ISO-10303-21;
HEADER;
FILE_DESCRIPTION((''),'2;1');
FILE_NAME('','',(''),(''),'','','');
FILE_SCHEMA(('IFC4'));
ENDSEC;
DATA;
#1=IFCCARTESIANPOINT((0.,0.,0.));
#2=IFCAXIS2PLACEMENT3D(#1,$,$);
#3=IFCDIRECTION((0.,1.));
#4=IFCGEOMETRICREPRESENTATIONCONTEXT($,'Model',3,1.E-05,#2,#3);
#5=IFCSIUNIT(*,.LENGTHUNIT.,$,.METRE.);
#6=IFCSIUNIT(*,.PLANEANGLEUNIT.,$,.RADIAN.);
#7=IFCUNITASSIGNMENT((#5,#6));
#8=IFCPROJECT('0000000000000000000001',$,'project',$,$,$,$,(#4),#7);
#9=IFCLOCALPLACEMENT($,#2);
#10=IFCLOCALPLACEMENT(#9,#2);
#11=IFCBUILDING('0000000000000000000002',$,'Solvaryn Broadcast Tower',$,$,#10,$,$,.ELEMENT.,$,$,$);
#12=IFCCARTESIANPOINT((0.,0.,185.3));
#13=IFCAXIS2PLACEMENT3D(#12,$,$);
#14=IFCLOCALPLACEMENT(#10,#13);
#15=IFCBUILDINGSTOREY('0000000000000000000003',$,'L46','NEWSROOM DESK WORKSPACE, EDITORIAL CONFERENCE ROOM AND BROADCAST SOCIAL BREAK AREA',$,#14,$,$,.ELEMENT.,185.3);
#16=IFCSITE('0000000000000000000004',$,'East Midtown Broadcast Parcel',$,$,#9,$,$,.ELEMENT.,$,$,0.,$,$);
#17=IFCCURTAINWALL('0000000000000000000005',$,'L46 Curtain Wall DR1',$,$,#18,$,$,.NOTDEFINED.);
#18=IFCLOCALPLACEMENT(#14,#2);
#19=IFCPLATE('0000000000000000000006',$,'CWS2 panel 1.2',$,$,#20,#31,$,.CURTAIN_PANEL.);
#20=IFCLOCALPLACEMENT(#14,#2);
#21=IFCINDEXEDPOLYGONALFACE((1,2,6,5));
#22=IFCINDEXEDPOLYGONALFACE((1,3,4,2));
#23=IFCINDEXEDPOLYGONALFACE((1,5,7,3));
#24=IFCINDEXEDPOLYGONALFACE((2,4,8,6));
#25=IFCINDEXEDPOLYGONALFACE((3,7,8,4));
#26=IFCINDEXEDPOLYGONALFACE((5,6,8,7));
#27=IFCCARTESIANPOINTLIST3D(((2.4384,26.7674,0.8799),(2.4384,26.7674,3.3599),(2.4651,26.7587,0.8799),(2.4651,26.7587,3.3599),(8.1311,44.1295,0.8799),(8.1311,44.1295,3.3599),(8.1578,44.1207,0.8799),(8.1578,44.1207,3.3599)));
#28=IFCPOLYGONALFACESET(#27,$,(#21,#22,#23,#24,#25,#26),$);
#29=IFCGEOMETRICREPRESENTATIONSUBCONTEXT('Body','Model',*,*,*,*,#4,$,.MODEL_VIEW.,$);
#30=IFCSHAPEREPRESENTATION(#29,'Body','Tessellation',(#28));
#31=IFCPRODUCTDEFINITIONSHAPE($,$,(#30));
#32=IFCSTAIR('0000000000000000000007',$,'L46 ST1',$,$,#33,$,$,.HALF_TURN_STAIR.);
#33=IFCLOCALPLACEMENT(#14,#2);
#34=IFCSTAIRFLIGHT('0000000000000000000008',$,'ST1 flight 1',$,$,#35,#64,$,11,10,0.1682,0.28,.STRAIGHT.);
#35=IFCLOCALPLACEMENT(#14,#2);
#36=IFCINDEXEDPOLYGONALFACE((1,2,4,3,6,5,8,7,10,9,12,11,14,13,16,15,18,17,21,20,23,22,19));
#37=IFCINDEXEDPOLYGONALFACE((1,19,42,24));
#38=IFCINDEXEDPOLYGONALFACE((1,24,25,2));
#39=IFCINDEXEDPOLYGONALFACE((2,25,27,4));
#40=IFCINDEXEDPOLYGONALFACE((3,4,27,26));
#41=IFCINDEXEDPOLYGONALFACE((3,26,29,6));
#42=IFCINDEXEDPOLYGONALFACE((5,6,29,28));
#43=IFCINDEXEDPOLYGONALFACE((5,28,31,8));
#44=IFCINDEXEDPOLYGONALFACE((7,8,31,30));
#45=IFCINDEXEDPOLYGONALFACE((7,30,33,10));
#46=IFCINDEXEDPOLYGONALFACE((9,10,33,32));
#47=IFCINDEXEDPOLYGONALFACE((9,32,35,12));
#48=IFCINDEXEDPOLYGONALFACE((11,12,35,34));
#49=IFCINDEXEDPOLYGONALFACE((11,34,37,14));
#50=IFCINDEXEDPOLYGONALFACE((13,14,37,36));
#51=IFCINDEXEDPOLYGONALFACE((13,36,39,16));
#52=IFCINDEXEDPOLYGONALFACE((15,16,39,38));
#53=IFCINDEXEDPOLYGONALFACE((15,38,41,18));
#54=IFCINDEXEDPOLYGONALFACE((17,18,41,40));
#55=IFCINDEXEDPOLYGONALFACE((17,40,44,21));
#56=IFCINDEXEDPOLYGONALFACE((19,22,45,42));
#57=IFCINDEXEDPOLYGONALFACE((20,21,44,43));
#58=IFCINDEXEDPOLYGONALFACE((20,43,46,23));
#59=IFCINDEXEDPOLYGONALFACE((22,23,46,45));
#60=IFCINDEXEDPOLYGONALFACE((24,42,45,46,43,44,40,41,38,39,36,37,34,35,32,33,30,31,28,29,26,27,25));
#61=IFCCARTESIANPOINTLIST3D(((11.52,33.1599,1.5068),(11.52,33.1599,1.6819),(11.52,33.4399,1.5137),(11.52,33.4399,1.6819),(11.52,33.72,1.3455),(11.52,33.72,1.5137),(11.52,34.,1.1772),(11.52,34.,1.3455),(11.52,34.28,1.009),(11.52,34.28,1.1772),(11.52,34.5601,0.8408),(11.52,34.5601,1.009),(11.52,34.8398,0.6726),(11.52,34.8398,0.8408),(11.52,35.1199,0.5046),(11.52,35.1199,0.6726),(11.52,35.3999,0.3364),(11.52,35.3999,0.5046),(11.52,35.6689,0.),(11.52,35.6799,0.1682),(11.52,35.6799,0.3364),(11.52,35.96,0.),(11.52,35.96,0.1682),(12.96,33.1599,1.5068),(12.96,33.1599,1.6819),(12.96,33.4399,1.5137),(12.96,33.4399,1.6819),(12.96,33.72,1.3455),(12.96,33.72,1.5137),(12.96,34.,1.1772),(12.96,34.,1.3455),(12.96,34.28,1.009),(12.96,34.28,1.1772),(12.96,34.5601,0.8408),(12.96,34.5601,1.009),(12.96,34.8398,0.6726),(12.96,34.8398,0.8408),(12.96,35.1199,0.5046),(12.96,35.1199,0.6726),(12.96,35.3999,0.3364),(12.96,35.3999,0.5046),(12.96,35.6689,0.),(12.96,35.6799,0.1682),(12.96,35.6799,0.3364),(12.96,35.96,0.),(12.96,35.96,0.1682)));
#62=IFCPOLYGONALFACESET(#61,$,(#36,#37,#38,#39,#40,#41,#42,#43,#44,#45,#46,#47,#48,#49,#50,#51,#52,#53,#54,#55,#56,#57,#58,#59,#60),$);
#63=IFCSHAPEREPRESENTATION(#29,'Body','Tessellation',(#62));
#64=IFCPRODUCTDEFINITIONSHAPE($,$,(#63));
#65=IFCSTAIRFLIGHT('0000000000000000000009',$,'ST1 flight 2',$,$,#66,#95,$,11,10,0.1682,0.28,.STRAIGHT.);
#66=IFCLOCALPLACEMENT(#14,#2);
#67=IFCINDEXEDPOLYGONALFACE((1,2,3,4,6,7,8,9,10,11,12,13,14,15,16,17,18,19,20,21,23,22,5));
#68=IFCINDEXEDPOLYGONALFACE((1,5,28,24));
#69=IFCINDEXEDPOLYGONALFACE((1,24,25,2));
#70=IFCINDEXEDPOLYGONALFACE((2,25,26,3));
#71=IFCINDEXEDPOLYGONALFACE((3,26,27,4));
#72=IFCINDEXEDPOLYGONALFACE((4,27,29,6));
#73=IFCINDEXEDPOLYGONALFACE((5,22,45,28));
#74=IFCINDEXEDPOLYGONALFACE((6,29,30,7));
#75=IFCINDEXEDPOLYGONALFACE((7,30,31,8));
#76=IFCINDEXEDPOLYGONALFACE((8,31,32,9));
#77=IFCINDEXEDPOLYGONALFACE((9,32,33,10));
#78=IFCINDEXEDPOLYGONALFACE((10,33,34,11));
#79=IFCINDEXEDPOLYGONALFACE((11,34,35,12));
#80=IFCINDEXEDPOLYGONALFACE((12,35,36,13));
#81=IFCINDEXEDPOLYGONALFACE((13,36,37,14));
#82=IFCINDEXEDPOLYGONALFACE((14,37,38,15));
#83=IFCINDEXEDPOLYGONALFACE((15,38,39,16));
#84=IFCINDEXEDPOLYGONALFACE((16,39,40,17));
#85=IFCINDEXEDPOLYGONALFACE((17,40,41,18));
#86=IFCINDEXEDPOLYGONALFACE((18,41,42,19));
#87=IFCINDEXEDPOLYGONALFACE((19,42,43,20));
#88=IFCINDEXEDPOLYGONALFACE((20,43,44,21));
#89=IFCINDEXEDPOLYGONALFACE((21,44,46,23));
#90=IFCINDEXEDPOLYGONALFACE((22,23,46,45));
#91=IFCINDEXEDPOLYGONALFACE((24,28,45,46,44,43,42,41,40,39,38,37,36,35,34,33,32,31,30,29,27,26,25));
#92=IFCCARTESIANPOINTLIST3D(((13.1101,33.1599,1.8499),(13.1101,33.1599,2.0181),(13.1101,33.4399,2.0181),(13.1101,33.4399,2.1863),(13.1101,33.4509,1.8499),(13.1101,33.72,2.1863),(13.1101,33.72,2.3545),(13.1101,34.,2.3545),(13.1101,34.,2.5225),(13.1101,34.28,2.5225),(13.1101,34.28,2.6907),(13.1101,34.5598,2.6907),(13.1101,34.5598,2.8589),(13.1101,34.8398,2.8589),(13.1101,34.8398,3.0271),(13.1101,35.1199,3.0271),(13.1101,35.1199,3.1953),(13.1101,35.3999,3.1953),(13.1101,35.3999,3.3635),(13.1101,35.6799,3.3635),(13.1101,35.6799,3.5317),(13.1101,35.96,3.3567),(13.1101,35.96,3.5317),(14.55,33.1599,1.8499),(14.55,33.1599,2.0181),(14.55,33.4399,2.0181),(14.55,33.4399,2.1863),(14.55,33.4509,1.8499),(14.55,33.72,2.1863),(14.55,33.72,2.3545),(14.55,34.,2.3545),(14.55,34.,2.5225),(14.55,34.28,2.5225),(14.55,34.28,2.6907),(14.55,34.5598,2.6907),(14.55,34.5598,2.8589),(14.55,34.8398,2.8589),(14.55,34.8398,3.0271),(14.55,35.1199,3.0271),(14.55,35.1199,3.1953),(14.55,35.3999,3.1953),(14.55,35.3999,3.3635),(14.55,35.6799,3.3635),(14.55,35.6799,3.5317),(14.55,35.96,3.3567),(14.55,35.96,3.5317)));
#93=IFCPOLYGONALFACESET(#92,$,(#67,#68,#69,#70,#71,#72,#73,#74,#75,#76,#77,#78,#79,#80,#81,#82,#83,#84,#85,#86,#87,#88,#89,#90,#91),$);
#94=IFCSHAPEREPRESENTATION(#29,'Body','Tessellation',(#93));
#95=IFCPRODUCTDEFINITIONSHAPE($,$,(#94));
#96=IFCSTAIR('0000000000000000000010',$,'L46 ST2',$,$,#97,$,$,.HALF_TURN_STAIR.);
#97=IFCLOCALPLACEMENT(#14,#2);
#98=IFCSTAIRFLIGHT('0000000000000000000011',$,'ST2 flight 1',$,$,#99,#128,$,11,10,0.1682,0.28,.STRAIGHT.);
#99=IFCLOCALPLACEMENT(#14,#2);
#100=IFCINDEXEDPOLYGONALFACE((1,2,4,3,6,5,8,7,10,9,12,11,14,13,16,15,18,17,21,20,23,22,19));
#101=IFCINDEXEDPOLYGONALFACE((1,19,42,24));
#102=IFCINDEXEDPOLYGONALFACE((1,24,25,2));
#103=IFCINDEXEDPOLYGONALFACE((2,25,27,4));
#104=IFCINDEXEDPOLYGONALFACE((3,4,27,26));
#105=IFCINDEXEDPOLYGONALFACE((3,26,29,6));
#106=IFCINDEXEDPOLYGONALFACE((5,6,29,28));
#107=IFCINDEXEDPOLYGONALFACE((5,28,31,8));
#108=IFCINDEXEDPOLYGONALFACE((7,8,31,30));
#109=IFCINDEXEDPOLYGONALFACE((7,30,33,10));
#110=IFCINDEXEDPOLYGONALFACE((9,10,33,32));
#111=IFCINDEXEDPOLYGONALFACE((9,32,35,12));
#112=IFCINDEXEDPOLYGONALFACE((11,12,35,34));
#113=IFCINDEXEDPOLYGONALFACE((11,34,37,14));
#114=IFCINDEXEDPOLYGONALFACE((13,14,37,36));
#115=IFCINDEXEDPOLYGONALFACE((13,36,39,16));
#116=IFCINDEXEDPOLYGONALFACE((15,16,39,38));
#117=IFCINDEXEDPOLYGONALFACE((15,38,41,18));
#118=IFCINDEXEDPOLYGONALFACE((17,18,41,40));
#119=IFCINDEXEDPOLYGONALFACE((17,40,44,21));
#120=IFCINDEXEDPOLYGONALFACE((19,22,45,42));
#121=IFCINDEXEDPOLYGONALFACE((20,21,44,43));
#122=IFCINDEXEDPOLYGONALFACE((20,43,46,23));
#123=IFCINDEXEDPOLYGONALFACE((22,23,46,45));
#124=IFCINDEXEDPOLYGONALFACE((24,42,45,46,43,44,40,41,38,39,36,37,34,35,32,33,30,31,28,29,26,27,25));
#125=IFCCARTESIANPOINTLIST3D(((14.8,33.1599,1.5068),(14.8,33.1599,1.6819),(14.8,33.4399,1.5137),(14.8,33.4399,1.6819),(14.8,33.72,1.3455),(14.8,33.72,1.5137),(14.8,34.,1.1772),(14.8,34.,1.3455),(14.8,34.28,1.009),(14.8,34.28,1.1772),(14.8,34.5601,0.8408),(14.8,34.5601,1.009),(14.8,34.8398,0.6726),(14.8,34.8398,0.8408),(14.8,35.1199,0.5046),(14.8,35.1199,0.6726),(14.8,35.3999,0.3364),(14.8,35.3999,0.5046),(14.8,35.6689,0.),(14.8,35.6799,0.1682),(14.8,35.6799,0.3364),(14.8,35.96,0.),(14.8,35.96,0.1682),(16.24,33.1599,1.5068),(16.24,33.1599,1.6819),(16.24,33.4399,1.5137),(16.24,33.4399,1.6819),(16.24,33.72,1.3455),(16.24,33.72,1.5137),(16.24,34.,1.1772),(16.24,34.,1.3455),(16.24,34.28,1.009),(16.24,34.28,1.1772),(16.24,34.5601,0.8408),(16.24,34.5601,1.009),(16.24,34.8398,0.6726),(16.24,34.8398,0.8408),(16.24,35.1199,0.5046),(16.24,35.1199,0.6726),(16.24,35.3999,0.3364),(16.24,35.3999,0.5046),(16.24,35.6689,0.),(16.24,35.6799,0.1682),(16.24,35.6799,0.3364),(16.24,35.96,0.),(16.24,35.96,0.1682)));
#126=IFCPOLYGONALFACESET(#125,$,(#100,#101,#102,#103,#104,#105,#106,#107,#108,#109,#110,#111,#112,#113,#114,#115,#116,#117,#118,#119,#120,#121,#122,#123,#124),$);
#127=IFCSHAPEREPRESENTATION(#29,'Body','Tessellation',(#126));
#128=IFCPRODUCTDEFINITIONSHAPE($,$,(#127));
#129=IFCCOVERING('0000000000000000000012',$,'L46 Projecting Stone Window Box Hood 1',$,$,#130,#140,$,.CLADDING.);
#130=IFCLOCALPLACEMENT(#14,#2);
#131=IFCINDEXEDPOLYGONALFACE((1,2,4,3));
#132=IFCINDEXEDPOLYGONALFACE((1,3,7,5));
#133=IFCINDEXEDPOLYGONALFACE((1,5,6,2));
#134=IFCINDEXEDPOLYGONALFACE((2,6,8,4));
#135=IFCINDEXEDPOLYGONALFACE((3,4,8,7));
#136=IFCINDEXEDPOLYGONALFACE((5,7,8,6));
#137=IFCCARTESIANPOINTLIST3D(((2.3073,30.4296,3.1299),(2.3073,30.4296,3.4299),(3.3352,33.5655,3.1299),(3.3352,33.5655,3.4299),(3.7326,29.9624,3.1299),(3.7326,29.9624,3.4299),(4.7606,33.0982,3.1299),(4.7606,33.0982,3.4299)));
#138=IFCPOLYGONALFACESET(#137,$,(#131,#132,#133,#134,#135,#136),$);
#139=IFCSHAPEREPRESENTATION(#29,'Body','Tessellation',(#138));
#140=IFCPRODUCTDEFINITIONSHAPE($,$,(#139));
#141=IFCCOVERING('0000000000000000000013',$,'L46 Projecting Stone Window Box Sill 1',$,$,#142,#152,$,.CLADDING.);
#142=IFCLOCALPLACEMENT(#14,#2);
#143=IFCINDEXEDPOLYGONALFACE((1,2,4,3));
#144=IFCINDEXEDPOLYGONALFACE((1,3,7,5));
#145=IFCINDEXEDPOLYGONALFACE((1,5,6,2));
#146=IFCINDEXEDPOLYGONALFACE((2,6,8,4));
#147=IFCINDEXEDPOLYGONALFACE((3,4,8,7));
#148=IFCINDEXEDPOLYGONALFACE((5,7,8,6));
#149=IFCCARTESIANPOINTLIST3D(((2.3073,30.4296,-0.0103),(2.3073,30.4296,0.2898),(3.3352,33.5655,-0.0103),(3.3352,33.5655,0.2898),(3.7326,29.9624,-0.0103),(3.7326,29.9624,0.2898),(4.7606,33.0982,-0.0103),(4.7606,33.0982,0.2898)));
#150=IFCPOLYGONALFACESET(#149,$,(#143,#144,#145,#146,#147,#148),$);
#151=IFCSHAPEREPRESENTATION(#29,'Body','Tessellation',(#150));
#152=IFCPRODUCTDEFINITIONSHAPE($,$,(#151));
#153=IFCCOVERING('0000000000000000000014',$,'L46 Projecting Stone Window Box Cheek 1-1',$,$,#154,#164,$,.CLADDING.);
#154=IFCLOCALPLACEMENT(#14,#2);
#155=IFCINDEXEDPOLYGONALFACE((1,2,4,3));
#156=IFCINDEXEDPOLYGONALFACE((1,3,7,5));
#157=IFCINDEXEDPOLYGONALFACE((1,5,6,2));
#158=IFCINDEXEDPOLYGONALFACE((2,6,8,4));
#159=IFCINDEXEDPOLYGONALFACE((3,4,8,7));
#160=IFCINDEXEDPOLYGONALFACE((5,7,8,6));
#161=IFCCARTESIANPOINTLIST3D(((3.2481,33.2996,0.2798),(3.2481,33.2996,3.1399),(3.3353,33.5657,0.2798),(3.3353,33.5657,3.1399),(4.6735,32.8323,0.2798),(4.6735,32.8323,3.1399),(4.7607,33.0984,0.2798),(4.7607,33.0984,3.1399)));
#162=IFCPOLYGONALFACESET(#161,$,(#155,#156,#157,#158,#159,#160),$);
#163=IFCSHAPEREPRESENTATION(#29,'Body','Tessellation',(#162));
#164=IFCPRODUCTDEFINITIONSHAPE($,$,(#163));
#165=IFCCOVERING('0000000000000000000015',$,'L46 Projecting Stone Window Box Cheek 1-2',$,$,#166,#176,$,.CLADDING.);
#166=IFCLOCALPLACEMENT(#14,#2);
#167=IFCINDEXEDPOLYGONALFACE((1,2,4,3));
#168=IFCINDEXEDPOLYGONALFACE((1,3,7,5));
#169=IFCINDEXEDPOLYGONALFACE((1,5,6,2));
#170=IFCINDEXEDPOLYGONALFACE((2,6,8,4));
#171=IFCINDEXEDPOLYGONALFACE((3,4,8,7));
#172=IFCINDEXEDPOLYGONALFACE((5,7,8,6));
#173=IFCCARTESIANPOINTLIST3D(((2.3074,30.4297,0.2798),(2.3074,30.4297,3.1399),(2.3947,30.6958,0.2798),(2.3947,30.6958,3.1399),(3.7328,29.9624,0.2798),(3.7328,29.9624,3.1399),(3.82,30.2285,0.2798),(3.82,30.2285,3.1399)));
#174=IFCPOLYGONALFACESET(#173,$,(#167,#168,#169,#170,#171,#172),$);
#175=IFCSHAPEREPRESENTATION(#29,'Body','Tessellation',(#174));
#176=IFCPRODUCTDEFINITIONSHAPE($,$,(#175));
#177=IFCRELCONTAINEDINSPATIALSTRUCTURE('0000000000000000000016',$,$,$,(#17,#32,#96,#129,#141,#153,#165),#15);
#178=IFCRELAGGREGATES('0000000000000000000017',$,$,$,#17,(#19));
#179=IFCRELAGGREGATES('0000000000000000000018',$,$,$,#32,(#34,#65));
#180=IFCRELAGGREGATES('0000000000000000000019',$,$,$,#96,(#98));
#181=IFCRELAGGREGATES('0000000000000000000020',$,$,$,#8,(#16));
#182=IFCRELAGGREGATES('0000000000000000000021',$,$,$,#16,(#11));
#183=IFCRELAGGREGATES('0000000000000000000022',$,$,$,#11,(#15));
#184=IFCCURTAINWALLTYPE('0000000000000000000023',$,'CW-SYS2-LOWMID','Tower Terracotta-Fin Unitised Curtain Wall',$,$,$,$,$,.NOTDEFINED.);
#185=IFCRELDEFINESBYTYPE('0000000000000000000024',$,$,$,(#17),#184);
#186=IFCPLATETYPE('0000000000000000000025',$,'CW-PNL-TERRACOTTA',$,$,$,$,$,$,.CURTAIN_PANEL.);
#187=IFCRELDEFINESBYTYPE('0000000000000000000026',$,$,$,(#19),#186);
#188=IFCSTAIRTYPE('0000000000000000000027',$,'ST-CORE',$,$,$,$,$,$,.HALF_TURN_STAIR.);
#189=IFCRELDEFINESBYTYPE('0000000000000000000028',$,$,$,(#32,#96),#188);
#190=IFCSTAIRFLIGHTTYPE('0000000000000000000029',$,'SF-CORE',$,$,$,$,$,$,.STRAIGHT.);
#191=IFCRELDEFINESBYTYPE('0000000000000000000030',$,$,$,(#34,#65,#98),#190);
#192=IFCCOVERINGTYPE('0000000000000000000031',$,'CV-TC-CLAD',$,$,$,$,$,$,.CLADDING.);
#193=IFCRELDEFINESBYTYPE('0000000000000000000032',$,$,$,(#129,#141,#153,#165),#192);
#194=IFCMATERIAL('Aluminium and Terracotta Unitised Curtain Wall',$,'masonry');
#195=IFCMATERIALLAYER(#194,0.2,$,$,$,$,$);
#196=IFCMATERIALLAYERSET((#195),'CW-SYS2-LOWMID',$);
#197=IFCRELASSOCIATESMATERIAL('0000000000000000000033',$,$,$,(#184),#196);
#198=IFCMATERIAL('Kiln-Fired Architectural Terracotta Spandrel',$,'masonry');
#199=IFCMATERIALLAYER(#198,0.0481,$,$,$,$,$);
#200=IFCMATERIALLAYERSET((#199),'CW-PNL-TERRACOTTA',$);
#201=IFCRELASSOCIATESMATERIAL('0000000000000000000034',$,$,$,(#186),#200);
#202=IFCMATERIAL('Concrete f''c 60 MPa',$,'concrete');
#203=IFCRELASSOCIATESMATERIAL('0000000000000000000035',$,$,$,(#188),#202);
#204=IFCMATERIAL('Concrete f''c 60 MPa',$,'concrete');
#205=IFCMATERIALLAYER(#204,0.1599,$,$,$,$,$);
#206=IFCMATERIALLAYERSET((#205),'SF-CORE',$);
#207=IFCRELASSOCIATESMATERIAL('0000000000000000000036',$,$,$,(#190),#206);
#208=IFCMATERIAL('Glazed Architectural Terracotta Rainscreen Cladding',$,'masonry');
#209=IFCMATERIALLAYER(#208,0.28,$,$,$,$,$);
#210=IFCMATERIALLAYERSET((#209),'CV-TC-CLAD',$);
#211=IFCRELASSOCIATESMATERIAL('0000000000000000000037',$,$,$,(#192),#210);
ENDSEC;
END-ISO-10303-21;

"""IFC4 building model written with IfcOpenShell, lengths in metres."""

from ifc_helpers import new_model, si_unit, direction, frame, origin, origin_2d, place, context, subcontext, project, spatial, polyline, rectangle, outline, extrude, material, layer, layer_set, type_object, element, aggregate, save


model = new_model("IFC4")

# Units and contexts
model_context = context("Model", 3, precision=1e-05, world=origin(), true_north=direction((0.0, 1.0)))
body_context = subcontext(model_context, "Body", "Model", "MODEL_VIEW")
ifc_project = project(units=[si_unit("LENGTHUNIT", "METRE"), si_unit("PLANEANGLEUNIT", "RADIAN")], contexts=[model_context])

# Site, building, storey
site_placement = place(None, origin())
site = spatial("IfcSite", under=ifc_project, at=site_placement, Name="East Midtown Broadcast Parcel", CompositionType="ELEMENT", RefElevation=0.0)
building_placement = place(site_placement, origin())
building = spatial("IfcBuilding", under=site, at=building_placement, Name="Solvaryn Broadcast Tower", CompositionType="ELEMENT")
storey_placement = place(building_placement, frame((0.0, 0.0, 185.3)))
storey = spatial("IfcBuildingStorey", under=building, at=storey_placement, Name="L46", Description="NEWSROOM DESK WORKSPACE, EDITORIAL CONFERENCE ROOM AND BROADCAST SOCIAL BREAK AREA", CompositionType="ELEMENT", Elevation=185.3)

# Curtain wall, plate
ifc_material_1 = material(Name="Aluminium and Terracotta Unitised Curtain Wall", Category="masonry")
ifc_layer_1 = layer(ifc_material_1, 0.2)
ifc_layer_set_1 = layer_set([ifc_layer_1], Name="CW-SYS2-LOWMID")
curtain_wall_type = type_object("IfcCurtainWallType", Name="CW-SYS2-LOWMID", Description="Tower Terracotta-Fin Unitised Curtain Wall", PredefinedType="NOTDEFINED", material=ifc_layer_set_1)
curtain_wall_placement = place(storey_placement, origin())
curtain_wall = element("IfcCurtainWall", 1, at=curtain_wall_placement, inside=storey, type_object=curtain_wall_type, Name="L46 Curtain Wall DR1", PredefinedType="NOTDEFINED")
ifc_material_2 = material(Name="Kiln-Fired Architectural Terracotta Spandrel", Category="masonry")
ifc_layer_2 = layer(ifc_material_2, 0.0481)
ifc_layer_set_2 = layer_set([ifc_layer_2], Name="CW-PNL-TERRACOTTA")
plate_type = type_object("IfcPlateType", Name="CW-PNL-TERRACOTTA", PredefinedType="CURTAIN_PANEL", material=ifc_layer_set_2)
plate_1_placement = place(storey_placement, frame((5.2981, 35.4441, 0.8799), z_axis=(0.0, 0.0, 1.0), x_axis=(-0.311559, -0.950227, 0.0)))
plate_1 = element("IfcPlate", 2, at=plate_1_placement, type_object=plate_type, Name="CWS2 panel 1.2", PredefinedType="CURTAIN_PANEL", context=body_context, shape_type="SweptSolid", body=[
    extrude(rectangle(XDim=18.2715, YDim=0.0281, at=origin_2d()), origin(), (0.0, 0.0, 1.0), 2.48),
])
aggregate(curtain_wall, [plate_1])

# Stair, stair flights
ifc_material_3 = material(Name="Concrete f'c 60 MPa", Category="concrete")
stair_type = type_object("IfcStairType", Name="ST-CORE", PredefinedType="HALF_TURN_STAIR", material=ifc_material_3)
stair_1_placement = place(storey_placement, origin())
stair_1 = element("IfcStair", 3, at=stair_1_placement, inside=storey, type_object=stair_type, Name="L46 ST1", PredefinedType="HALF_TURN_STAIR")
ifc_material_4 = material(Name="Concrete f'c 60 MPa", Category="concrete")
ifc_layer_3 = layer(ifc_material_4, 0.1599)
ifc_layer_set_3 = layer_set([ifc_layer_3], Name="SF-CORE")
stair_flight_type = type_object("IfcStairFlightType", Name="SF-CORE", PredefinedType="STRAIGHT", material=ifc_layer_set_3)
stair_flight_1_placement = place(storey_placement, frame((12.24, 35.96, 0.0), z_axis=(0.0, 0.0, 1.0), x_axis=(0.0, -1.0, 0.0)))
stair_flight_1 = element("IfcStairFlight", 4, at=stair_flight_1_placement, type_object=stair_flight_type, Name="ST1 flight 1", NumberOfRisers=11, NumberOfTreads=10, PredefinedType="STRAIGHT", RiserHeight=0.1682, TreadLength=0.28, context=body_context, shape_type="SweptSolid", body=[
    extrude(outline(polyline([(0.0, 0.0), (0.0, 0.1682), (0.28, 0.1682), (0.28, 0.3364), (0.5601, 0.3364), (0.5601, 0.5046), (0.8401, 0.5046), (0.8401, 0.6726), (1.1201, 0.6726), (1.1201, 0.8408), (1.3999, 0.8408), (1.3999, 1.009), (1.6799, 1.009), (1.6799, 1.1772), (1.96, 1.1772), (1.96, 1.3455), (2.24, 1.3455), (2.24, 1.5137), (2.52, 1.5137), (2.52, 1.6819), (2.8, 1.6819), (2.8, 1.8501), (2.8, 1.5068), (0.291, 0.0), (0.0, 0.0)])), frame((0.0, 0.72, 0.0), z_axis=(0.0, -1.0, 0.0), x_axis=(1.0, 0.0, 0.0)), (0.0, 0.0, 1.0), 1.4399),
])
stair_flight_2_placement = place(storey_placement, frame((13.8301, 33.1599, 1.8499), z_axis=(0.0, 0.0, 1.0), x_axis=(0.0, 1.0, 0.0)))
stair_flight_2 = element("IfcStairFlight", 5, at=stair_flight_2_placement, type_object=stair_flight_type, Name="ST1 flight 2", NumberOfRisers=11, NumberOfTreads=10, PredefinedType="STRAIGHT", RiserHeight=0.1682, TreadLength=0.28, context=body_context, shape_type="SweptSolid", body=[
    extrude(outline(polyline([(0.0, 0.0), (0.0, 0.1682), (0.28, 0.1682), (0.28, 0.3364), (0.5601, 0.3364), (0.5601, 0.5046), (0.8401, 0.5046), (0.8401, 0.6726), (1.1201, 0.6726), (1.1201, 0.8408), (1.3999, 0.8408), (1.3999, 1.009), (1.6799, 1.009), (1.6799, 1.1772), (1.96, 1.1772), (1.96, 1.3455), (2.24, 1.3455), (2.24, 1.5137), (2.52, 1.5137), (2.52, 1.6819), (2.8, 1.6819), (2.8, 1.8501), (2.8, 1.5068), (0.291, 0.0), (0.0, 0.0)])), frame((0.0, 0.72, 0.0), z_axis=(0.0, -1.0, 0.0), x_axis=(1.0, 0.0, 0.0)), (0.0, 0.0, 1.0), 1.4399),
])
aggregate(stair_1, [stair_flight_1, stair_flight_2])

# Stair, stair flight
stair_2_placement = place(storey_placement, origin())
stair_2 = element("IfcStair", 6, at=stair_2_placement, inside=storey, type_object=stair_type, Name="L46 ST2", PredefinedType="HALF_TURN_STAIR")
stair_flight_3_placement = place(storey_placement, frame((15.52, 35.96, 0.0), z_axis=(0.0, 0.0, 1.0), x_axis=(0.0, -1.0, 0.0)))
stair_flight_3 = element("IfcStairFlight", 7, at=stair_flight_3_placement, type_object=stair_flight_type, Name="ST2 flight 1", NumberOfRisers=11, NumberOfTreads=10, PredefinedType="STRAIGHT", RiserHeight=0.1682, TreadLength=0.28, context=body_context, shape_type="SweptSolid", body=[
    extrude(outline(polyline([(0.0, 0.0), (0.0, 0.1682), (0.28, 0.1682), (0.28, 0.3364), (0.5601, 0.3364), (0.5601, 0.5046), (0.8401, 0.5046), (0.8401, 0.6726), (1.1201, 0.6726), (1.1201, 0.8408), (1.3999, 0.8408), (1.3999, 1.009), (1.6799, 1.009), (1.6799, 1.1772), (1.96, 1.1772), (1.96, 1.3455), (2.24, 1.3455), (2.24, 1.5137), (2.52, 1.5137), (2.52, 1.6819), (2.8, 1.6819), (2.8, 1.8501), (2.8, 1.5068), (0.291, 0.0), (0.0, 0.0)])), frame((0.0, 0.72, 0.0), z_axis=(0.0, -1.0, 0.0), x_axis=(1.0, 0.0, 0.0)), (0.0, 0.0, 1.0), 1.4399),
])
aggregate(stair_2, [stair_flight_3])

# Coverings
ifc_material_5 = material(Name="Glazed Architectural Terracotta Rainscreen Cladding", Category="masonry")
ifc_layer_4 = layer(ifc_material_5, 0.28)
ifc_layer_set_4 = layer_set([ifc_layer_4], Name="CV-TC-CLAD")
covering_type = type_object("IfcCoveringType", Name="CV-TC-CLAD", PredefinedType="CLADDING", material=ifc_layer_set_4)
for number, where, z_axis, x_axis, name in (
    (8, (3.5339, 31.7639, 3.1299), (0.0, 0.0, 1.0), (-0.311506, -0.950244, 0.0), "L46 Projecting Stone Window Box Hood 1"),
    (9, (3.5339, 31.7639, -0.0103), (0.0, 0.0, 1.0), (-0.311506, -0.950244, 0.0), "L46 Projecting Stone Window Box Sill 1"),
):
    element("IfcCovering", number, at=place(storey_placement, frame(where, z_axis=z_axis, x_axis=x_axis)), inside=storey, type_object=covering_type, Name=name, PredefinedType="CLADDING", context=body_context, shape_type="SweptSolid", body=[
        extrude(rectangle(XDim=3.3, YDim=1.5, at=origin_2d()), origin(), (0.0, 0.0, 1.0), 0.3),
    ])
for number, where, z_axis, x_axis, name in (
    (10, (4.0044, 33.199, 0.2798), (0.0, 0.0, 1.0), (-0.311506, -0.950244, 0.0), "L46 Projecting Stone Window Box Cheek 1-1"),
    (11, (3.0637, 30.3291, 0.2798), (0.0, 0.0, 1.0), (-0.311506, -0.950244, 0.0), "L46 Projecting Stone Window Box Cheek 1-2"),
):
    element("IfcCovering", number, at=place(storey_placement, frame(where, z_axis=z_axis, x_axis=x_axis)), inside=storey, type_object=covering_type, Name=name, PredefinedType="CLADDING", context=body_context, shape_type="SweptSolid", body=[
        extrude(rectangle(XDim=0.28, YDim=1.5, at=origin_2d()), origin(), (0.0, 0.0, 1.0), 2.8601),
    ])

save(model, "model.ifc")
